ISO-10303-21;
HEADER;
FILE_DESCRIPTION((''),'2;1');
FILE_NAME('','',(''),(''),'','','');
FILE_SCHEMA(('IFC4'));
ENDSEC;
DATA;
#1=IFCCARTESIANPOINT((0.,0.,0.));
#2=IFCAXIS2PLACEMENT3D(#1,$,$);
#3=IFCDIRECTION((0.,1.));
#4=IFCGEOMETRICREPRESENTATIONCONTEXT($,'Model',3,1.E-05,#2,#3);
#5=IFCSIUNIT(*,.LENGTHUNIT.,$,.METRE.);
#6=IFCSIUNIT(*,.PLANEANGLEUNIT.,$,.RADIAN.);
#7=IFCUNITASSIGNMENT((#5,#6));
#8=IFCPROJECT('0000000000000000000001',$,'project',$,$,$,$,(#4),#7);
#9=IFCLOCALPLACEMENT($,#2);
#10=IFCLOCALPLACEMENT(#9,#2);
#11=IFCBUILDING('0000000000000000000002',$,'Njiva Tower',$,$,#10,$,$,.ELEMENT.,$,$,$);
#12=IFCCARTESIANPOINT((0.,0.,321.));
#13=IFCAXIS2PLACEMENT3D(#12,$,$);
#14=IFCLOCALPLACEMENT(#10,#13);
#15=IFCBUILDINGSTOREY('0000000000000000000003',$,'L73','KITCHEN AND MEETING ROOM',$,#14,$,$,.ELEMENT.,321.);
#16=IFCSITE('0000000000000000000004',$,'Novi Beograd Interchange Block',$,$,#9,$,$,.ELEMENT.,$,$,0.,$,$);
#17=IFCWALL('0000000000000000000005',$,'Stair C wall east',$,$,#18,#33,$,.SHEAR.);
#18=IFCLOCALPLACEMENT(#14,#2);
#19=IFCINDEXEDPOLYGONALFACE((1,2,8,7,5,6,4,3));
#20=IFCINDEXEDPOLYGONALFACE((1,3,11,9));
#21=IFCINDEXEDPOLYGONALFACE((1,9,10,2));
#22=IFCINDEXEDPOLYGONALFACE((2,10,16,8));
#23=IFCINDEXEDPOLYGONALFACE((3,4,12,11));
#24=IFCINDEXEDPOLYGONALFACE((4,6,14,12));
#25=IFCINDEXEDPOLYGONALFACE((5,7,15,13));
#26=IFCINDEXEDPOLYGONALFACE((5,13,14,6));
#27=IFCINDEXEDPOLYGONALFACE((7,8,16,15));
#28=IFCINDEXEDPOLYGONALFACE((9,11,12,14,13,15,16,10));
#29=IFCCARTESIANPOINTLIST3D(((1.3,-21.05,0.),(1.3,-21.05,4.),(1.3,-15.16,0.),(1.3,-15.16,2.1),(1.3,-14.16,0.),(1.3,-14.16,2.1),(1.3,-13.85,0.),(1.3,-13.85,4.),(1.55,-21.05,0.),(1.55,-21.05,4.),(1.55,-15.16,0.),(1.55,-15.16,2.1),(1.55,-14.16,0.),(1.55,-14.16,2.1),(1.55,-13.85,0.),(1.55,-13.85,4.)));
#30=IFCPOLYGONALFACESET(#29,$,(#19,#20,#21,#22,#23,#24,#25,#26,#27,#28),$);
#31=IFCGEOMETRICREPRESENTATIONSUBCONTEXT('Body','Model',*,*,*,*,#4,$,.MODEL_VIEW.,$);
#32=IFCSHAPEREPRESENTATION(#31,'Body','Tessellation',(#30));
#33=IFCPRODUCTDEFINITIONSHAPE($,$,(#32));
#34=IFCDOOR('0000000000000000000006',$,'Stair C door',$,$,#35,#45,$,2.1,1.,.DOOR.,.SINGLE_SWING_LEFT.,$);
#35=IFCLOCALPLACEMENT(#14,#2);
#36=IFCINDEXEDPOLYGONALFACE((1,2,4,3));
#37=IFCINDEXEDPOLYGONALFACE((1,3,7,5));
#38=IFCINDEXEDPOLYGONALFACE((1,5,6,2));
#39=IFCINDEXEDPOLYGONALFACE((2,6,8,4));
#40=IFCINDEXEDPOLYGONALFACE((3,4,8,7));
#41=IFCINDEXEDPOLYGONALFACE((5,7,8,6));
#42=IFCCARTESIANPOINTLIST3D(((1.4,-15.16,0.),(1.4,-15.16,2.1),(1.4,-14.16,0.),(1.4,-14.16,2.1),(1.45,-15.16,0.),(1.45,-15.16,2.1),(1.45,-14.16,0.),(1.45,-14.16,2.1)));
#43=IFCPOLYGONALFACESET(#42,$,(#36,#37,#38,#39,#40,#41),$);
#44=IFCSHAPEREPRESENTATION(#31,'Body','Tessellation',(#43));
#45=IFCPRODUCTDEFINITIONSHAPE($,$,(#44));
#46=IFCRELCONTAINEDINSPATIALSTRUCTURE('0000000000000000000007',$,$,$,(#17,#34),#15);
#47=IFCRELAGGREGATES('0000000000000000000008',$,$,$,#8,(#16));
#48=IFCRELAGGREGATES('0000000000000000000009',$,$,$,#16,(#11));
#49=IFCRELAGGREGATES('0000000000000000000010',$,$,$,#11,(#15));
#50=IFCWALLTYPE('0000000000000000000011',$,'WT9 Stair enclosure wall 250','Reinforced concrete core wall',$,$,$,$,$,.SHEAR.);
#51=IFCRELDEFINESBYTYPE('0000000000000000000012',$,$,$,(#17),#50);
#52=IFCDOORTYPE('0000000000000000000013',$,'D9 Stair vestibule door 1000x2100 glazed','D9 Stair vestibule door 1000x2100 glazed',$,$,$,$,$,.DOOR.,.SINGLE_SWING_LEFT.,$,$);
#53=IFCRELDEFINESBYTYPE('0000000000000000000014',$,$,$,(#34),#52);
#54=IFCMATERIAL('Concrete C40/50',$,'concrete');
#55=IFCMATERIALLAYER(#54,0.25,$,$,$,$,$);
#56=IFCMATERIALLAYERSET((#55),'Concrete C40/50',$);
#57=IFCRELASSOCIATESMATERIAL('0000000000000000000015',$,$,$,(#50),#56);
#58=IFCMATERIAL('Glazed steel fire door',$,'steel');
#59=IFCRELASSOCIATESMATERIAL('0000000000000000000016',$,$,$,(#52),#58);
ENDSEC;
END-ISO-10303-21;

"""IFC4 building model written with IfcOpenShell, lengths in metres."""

from ifc_helpers import new_model, si_unit, direction, frame, frame_2d, origin, place, context, subcontext, project, spatial, rectangle, extrude, material, layer, layer_set, type_object, element, fill, save


model = new_model("IFC4")

# Units and contexts
model_context = context("Model", 3, precision=1e-05, world=origin(), true_north=direction((0.0, 1.0)))
body_context = subcontext(model_context, "Body", "Model", "MODEL_VIEW")
ifc_project = project(units=[si_unit("LENGTHUNIT", "METRE"), si_unit("PLANEANGLEUNIT", "RADIAN")], contexts=[model_context])

# Site, building, storey
site_placement = place(None, origin())
site = spatial("IfcSite", under=ifc_project, at=site_placement, Name="Novi Beograd Interchange Block", CompositionType="ELEMENT", RefElevation=0.0)
building_placement = place(site_placement, origin())
building = spatial("IfcBuilding", under=site, at=building_placement, Name="Njiva Tower", CompositionType="ELEMENT")
storey_placement = place(building_placement, frame((0.0, 0.0, 321.0)))
storey = spatial("IfcBuildingStorey", under=building, at=storey_placement, Name="L73", Description="KITCHEN AND MEETING ROOM", CompositionType="ELEMENT", Elevation=321.0)

# Wall, opening, door
ifc_material_1 = material(Name="Concrete C40/50", Category="concrete")
ifc_layer_1 = layer(ifc_material_1, 0.25)
ifc_layer_set_1 = layer_set([ifc_layer_1], Name="Concrete C40/50")
wall_type_1 = type_object("IfcWallType", Name="WT9 Stair enclosure wall 250", Description="Reinforced concrete core wall", PredefinedType="SHEAR", material=ifc_layer_set_1)
wall_1_placement = place(storey_placement, frame((1.425, -21.05, 0.0), z_axis=(0.0, 0.0, 1.0), x_axis=(0.0, 1.0, 0.0)))
wall_1 = element("IfcWall", 1, at=wall_1_placement, inside=storey, type_object=wall_type_1, Name="Stair C wall east", PredefinedType="SHEAR", context=body_context, shape_type="SweptSolid", body=[
    extrude(rectangle(XDim=7.2, YDim=0.25, at=frame_2d((3.6, 0.0))), origin(), (0.0, 0.0, 1.0), 4.0),
])
opening_1_placement = place(wall_1_placement, frame((5.89, 0.0, 0.0)))
opening_1 = element("IfcOpeningElement", 2, at=opening_1_placement, cuts=wall_1, PredefinedType="OPENING", context=body_context, shape_type="SweptSolid", body=[
    extrude(rectangle(XDim=1.0, YDim=2.1, at=frame_2d((0.5, 1.05))), frame((0.0, 0.135, 0.0), z_axis=(0.0, -1.0, 0.0), x_axis=(1.0, 0.0, 0.0)), (0.0, 0.0, 1.0), 0.27),
])
ifc_material_2 = material(Name="Glazed steel fire door", Category="steel")
door_type = type_object("IfcDoorType", Name="D9 Stair vestibule door 1000x2100 glazed", Description="D9 Stair vestibule door 1000x2100 glazed", OperationType="SINGLE_SWING_LEFT", PredefinedType="DOOR", material=ifc_material_2)
door_placement = place(opening_1_placement, origin())
door = element("IfcDoor", 3, at=door_placement, inside=storey, type_object=door_type, Name="Stair C door", OperationType="SINGLE_SWING_LEFT", OverallHeight=2.1, OverallWidth=1.0, PredefinedType="DOOR", context=body_context, shape_type="SweptSolid", body=[
    extrude(rectangle(XDim=1.0, YDim=2.1, at=frame_2d((0.5, 1.05))), frame((0.0, 0.025, 0.0), z_axis=(0.0, -1.0, 0.0), x_axis=(1.0, 0.0, 0.0)), (0.0, 0.0, 1.0), 0.05),
])
fill(opening_1, door)

save(model, "model.ifc")
